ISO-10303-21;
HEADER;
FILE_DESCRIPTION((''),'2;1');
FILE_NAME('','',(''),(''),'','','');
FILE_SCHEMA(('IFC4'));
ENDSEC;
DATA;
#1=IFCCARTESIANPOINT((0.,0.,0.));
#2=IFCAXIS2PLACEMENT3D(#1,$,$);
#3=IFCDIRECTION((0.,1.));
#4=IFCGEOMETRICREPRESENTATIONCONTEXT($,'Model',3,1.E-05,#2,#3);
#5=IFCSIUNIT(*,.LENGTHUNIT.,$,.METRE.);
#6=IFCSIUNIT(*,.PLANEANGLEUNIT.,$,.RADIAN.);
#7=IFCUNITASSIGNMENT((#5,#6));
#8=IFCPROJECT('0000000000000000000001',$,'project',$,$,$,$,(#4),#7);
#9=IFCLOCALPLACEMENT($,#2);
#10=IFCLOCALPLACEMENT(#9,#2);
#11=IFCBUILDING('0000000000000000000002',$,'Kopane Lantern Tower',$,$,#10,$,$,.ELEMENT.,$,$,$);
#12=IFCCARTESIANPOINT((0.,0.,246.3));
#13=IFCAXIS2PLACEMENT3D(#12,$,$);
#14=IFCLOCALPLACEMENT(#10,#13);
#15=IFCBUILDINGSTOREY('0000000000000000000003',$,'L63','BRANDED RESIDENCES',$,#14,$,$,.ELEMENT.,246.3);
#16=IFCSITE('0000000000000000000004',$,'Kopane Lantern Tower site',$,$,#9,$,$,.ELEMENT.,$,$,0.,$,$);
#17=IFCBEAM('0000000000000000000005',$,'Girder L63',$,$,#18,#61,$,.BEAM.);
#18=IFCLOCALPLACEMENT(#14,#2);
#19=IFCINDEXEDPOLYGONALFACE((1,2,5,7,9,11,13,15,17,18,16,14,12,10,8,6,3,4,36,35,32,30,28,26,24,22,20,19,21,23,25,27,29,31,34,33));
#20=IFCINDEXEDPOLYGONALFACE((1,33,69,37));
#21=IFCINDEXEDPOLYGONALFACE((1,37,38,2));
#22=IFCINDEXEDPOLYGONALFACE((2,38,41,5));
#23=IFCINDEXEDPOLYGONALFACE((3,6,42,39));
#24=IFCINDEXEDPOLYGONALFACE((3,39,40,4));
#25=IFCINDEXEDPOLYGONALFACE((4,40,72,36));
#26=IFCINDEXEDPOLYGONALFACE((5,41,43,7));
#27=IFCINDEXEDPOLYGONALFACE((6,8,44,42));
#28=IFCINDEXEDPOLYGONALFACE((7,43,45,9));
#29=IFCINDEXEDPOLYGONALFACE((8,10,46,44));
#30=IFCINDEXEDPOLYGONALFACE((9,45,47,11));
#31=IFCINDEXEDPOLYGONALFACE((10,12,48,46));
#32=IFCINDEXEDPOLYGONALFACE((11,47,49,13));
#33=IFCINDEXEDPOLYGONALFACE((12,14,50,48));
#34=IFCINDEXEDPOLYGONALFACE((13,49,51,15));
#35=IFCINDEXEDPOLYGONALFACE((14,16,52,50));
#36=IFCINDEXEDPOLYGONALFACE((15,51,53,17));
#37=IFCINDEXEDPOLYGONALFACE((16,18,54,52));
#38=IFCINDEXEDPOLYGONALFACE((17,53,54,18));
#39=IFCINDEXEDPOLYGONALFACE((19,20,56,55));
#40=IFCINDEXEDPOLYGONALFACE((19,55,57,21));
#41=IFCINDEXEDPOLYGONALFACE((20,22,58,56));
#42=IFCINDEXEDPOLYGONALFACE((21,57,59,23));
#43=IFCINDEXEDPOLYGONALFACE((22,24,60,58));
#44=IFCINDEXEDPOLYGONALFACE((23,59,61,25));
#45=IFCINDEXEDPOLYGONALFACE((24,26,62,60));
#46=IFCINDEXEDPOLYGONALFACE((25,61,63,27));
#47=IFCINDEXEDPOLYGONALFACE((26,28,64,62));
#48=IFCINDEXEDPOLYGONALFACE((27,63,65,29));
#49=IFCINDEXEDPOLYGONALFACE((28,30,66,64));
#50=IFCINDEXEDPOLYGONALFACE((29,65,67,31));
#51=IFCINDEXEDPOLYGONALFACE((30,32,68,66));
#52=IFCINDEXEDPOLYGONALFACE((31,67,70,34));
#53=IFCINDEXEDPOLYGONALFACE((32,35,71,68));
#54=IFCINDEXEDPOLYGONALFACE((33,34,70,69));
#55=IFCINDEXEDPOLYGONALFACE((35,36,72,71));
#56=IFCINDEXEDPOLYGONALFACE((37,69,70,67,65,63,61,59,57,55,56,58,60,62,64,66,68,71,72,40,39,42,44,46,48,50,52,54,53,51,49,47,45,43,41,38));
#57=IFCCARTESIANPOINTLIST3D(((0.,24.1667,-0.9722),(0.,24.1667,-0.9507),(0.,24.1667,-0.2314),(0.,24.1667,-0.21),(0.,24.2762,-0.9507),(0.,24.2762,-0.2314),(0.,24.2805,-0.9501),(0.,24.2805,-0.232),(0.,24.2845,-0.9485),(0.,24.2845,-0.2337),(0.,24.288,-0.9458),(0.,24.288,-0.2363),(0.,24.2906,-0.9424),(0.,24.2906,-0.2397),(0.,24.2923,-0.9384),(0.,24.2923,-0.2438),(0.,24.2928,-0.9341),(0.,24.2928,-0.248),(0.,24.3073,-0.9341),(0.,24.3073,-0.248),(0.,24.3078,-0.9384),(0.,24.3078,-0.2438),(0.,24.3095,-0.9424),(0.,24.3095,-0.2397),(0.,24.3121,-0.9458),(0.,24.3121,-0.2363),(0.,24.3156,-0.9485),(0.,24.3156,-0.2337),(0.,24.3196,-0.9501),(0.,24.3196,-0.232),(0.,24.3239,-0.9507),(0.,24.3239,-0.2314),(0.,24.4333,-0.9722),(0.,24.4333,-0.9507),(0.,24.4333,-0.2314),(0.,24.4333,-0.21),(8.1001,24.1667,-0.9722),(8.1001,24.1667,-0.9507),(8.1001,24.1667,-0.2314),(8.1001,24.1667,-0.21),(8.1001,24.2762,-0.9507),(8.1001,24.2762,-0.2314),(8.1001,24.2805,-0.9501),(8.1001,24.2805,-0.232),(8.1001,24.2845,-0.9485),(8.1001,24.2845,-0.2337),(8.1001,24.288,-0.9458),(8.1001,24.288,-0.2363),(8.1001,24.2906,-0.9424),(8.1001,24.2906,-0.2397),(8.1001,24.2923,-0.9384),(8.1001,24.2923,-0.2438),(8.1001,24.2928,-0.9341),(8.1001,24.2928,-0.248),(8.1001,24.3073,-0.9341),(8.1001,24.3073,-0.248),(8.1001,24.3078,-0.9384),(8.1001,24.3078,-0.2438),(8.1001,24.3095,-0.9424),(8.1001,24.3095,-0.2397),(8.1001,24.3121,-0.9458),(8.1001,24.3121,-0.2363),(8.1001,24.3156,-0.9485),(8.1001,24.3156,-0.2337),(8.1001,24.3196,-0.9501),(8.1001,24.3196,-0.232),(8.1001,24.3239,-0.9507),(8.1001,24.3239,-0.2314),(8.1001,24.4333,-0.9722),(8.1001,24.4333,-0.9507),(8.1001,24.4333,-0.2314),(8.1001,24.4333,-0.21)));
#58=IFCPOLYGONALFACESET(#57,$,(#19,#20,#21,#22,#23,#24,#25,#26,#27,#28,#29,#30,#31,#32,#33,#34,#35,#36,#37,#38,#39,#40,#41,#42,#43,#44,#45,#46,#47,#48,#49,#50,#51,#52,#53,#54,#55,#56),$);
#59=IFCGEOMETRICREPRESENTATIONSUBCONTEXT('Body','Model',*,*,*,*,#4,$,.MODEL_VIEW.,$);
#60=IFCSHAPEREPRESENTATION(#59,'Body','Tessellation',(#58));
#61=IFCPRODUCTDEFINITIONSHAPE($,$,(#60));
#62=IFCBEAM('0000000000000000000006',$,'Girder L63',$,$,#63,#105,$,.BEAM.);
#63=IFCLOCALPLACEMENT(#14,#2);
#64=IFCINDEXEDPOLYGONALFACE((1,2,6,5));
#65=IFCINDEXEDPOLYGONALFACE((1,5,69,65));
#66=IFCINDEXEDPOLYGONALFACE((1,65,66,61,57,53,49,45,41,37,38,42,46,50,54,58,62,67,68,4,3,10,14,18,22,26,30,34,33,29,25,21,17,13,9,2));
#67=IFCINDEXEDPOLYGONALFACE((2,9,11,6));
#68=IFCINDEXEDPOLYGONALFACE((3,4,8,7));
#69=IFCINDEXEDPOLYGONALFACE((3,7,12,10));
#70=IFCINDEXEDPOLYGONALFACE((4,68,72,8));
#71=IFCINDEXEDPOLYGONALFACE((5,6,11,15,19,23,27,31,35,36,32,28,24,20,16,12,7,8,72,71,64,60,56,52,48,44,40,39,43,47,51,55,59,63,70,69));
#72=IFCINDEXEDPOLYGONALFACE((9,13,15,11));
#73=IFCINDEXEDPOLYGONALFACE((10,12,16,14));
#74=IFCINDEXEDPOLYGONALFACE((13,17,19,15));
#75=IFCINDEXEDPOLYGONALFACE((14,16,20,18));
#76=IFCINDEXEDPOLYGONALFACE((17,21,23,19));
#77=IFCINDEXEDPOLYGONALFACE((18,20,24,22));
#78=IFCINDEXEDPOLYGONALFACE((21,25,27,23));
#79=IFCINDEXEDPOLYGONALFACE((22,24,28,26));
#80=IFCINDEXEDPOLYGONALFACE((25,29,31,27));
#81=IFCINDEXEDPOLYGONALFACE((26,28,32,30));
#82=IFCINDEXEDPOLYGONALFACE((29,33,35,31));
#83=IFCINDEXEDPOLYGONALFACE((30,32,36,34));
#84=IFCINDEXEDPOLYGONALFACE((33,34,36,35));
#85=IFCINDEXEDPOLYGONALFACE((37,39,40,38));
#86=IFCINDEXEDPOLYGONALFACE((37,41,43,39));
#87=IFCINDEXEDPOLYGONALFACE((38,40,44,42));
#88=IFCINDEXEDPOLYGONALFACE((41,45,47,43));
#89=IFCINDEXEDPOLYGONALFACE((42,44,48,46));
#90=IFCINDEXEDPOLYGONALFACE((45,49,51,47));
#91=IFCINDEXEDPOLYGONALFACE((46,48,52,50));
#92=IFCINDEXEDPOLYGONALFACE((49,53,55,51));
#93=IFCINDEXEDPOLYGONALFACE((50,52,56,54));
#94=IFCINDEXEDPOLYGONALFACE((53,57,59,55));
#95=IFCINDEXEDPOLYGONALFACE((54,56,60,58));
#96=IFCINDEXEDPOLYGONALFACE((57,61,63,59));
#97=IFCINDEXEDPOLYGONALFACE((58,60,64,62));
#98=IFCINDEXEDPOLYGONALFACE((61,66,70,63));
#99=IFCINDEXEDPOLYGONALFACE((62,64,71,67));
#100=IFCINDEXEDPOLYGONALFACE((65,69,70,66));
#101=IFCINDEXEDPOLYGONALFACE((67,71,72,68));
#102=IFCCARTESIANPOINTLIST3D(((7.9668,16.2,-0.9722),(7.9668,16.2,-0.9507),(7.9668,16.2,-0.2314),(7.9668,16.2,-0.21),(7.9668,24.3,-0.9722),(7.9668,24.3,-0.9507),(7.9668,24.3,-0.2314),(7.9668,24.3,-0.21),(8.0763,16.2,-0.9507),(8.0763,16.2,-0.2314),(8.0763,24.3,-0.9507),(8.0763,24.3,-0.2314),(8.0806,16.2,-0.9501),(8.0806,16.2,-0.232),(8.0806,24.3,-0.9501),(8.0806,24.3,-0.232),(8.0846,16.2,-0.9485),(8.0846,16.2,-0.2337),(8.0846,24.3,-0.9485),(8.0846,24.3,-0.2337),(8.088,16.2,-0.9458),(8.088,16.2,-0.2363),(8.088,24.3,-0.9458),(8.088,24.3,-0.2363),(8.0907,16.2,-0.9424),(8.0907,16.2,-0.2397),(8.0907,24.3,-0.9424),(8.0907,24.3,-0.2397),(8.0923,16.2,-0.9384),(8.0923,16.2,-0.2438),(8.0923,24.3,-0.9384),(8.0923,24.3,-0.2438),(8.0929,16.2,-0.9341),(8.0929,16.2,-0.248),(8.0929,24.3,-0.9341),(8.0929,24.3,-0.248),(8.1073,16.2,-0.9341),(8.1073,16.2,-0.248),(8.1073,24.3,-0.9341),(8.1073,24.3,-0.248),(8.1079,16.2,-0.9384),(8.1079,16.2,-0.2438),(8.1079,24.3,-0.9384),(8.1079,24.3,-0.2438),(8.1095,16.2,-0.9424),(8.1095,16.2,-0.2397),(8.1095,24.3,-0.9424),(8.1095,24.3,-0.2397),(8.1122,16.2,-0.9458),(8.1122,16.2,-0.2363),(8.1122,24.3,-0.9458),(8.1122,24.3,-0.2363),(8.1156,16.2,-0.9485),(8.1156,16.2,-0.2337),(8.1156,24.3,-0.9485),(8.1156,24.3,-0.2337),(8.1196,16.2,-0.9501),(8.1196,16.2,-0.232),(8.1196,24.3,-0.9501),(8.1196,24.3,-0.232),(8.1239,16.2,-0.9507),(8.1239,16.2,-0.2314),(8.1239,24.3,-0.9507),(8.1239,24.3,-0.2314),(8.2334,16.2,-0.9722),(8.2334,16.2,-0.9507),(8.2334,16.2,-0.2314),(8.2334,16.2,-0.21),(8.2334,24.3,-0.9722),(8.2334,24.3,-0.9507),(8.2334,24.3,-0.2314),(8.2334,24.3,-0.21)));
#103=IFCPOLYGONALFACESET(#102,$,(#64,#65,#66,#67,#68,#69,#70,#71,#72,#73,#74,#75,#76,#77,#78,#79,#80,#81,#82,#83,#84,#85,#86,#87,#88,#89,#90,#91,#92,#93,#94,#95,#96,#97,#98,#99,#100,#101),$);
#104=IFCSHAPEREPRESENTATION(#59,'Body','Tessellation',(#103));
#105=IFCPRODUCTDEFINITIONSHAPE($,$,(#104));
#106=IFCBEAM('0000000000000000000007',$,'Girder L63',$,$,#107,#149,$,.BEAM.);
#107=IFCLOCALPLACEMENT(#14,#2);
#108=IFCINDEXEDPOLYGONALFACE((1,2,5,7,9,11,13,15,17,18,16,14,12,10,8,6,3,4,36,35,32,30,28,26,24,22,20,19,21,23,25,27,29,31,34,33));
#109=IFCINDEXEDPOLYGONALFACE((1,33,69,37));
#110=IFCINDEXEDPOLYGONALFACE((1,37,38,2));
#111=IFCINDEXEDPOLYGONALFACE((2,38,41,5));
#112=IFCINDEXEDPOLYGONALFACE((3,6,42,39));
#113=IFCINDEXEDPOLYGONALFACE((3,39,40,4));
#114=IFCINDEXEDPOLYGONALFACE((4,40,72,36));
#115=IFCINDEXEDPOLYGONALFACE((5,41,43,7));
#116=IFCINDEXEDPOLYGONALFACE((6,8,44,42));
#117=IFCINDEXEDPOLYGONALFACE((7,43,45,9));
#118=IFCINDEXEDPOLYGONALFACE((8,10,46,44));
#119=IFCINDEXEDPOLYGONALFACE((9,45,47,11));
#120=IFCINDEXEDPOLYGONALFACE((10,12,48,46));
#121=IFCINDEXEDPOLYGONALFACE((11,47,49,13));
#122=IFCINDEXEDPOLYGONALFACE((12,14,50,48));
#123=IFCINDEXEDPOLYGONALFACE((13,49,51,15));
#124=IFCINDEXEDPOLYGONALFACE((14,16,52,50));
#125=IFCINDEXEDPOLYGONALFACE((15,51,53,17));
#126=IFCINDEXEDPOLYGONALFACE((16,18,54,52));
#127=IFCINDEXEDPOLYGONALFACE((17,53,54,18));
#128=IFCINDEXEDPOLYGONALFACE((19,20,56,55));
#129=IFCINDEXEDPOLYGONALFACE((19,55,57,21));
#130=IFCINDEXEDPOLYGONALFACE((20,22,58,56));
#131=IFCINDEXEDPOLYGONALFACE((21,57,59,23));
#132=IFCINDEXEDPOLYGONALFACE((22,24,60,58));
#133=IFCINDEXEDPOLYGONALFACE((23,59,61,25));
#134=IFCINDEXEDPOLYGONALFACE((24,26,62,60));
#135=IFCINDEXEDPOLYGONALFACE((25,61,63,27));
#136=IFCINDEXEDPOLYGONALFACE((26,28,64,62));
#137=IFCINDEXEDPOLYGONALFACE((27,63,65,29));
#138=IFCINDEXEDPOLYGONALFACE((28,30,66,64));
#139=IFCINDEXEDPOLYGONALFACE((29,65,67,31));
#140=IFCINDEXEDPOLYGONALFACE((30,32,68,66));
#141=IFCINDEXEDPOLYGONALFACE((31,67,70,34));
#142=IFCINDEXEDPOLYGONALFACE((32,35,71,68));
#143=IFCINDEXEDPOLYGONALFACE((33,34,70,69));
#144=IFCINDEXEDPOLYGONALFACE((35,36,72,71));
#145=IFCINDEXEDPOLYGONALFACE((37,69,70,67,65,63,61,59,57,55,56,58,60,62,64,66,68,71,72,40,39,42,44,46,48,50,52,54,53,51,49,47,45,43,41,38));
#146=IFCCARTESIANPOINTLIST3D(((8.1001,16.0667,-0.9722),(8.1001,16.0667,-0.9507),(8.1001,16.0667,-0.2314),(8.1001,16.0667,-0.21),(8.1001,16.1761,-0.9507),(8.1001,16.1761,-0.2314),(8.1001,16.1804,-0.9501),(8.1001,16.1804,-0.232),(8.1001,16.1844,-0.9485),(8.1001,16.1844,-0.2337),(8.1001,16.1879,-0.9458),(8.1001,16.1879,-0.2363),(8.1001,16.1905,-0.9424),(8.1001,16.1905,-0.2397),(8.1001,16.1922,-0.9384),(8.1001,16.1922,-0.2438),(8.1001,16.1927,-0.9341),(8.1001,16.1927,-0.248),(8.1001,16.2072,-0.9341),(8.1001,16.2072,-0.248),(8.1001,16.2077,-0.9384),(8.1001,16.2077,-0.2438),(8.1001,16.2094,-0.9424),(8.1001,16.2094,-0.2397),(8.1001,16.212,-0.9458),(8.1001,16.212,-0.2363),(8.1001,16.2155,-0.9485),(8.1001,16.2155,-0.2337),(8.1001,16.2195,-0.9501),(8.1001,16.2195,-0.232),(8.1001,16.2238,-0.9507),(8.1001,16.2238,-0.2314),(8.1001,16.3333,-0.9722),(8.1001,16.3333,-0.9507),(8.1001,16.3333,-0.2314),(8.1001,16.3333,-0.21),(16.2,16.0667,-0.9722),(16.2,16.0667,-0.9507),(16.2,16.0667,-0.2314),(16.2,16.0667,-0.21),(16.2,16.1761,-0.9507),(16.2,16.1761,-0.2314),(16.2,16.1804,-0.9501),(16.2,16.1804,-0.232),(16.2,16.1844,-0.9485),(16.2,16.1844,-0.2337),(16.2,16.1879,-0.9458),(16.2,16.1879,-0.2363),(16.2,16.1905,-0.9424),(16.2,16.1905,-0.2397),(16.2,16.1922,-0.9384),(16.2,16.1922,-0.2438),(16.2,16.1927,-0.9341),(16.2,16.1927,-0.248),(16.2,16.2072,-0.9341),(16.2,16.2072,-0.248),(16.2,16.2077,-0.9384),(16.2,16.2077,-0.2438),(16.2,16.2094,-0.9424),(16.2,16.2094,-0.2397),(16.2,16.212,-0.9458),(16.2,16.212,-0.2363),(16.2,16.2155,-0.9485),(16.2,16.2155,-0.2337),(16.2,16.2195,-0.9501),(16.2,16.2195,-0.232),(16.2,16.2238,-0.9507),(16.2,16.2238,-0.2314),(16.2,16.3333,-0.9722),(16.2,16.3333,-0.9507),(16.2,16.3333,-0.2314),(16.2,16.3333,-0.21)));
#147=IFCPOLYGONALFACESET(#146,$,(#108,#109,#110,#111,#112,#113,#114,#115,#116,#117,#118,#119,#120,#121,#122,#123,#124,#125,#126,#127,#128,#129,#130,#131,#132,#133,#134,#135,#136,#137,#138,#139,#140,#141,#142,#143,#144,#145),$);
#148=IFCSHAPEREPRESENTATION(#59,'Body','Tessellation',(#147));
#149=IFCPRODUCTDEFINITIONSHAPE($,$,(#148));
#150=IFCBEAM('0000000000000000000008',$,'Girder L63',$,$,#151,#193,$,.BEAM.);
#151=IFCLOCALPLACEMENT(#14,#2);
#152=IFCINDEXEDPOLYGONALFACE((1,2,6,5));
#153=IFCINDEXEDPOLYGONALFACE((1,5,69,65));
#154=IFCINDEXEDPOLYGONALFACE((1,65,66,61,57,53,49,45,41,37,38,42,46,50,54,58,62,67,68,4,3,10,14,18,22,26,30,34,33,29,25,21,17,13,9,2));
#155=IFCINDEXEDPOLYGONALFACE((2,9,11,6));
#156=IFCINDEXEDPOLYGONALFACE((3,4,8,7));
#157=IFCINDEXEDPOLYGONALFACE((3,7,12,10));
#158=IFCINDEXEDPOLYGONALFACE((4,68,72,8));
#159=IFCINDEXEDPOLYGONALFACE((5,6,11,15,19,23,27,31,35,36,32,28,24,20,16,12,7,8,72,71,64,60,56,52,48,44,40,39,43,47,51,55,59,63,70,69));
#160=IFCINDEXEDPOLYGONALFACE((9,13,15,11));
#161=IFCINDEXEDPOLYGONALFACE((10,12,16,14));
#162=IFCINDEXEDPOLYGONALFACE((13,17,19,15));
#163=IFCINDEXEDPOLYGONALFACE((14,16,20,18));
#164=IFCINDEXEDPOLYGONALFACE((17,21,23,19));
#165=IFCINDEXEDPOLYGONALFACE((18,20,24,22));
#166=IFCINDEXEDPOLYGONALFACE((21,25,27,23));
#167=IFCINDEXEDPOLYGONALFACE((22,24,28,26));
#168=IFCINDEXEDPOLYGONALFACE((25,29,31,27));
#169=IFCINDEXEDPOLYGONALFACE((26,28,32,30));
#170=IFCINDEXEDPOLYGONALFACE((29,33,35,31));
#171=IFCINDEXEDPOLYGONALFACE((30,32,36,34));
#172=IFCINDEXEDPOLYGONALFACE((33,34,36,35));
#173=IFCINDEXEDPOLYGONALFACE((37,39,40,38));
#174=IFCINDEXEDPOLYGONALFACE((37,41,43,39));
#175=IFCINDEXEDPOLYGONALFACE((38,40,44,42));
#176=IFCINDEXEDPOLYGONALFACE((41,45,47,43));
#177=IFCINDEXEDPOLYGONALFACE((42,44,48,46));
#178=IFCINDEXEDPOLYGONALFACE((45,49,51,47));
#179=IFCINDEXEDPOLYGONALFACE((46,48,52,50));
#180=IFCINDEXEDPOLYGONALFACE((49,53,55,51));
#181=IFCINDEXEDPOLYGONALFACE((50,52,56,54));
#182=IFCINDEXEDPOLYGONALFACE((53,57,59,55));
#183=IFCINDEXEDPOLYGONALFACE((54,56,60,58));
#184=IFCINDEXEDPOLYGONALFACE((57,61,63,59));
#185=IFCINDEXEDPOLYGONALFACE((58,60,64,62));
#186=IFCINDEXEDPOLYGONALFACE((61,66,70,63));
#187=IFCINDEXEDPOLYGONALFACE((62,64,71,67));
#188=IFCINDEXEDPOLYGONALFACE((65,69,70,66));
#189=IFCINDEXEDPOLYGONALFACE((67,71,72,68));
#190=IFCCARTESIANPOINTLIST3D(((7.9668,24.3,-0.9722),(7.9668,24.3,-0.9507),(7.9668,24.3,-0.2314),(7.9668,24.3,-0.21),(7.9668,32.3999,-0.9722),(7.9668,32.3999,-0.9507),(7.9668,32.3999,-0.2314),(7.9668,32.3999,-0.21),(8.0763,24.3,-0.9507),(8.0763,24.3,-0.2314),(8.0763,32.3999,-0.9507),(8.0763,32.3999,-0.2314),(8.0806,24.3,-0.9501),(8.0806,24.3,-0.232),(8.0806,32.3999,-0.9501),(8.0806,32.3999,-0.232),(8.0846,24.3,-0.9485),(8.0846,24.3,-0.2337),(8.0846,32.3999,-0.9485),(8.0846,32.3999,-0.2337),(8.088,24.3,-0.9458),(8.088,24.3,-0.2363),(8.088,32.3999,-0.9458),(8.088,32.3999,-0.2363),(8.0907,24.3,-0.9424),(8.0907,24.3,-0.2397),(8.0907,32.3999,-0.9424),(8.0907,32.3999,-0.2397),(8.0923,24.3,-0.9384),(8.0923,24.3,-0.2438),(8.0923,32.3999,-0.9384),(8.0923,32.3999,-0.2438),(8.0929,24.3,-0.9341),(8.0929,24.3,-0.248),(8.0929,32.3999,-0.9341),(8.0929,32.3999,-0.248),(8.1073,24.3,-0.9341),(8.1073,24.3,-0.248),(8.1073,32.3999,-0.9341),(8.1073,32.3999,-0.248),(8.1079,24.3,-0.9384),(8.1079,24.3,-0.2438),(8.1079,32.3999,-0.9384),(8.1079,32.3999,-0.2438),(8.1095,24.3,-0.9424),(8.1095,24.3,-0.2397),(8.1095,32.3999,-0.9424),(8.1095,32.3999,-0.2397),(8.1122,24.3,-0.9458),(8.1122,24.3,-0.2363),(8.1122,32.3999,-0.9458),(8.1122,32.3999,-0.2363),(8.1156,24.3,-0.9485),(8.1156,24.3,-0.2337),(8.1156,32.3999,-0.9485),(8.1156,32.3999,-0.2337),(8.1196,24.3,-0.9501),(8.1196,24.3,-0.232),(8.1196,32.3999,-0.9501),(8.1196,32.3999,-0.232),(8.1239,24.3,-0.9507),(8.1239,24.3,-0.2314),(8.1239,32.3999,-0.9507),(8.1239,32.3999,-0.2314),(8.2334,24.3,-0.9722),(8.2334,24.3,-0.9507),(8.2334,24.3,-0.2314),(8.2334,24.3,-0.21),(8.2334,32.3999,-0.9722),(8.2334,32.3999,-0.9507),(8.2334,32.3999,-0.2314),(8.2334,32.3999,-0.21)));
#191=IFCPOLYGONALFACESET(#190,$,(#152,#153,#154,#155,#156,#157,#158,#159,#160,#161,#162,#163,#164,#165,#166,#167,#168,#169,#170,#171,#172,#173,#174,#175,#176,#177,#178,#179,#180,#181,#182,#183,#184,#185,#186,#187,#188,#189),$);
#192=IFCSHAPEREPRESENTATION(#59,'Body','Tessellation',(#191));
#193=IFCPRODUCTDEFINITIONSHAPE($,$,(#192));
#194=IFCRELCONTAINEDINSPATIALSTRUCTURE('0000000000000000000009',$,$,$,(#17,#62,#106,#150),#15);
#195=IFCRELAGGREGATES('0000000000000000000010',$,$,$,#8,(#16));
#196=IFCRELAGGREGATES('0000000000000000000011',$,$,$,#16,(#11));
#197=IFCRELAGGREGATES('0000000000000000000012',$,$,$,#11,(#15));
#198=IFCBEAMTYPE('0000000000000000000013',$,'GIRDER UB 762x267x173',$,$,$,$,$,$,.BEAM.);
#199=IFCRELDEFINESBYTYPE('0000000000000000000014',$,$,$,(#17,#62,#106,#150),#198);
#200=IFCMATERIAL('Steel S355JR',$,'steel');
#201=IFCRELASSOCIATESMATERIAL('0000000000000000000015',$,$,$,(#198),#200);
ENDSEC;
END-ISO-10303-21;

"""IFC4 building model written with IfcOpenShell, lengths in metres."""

from ifc_helpers import new_model, si_unit, direction, frame, origin, origin_2d, place, context, subcontext, project, spatial, i_section, extrude, material, material_profile, profile_set, type_object, element, save


model = new_model("IFC4")

# Units and contexts
model_context = context("Model", 3, precision=1e-05, world=origin(), true_north=direction((0.0, 1.0)))
body_context = subcontext(model_context, "Body", "Model", "MODEL_VIEW")
ifc_project = project(units=[si_unit("LENGTHUNIT", "METRE"), si_unit("PLANEANGLEUNIT", "RADIAN")], contexts=[model_context])

# Site, building, storey
site_placement = place(None, origin())
site = spatial("IfcSite", under=ifc_project, at=site_placement, Name="Kopane Lantern Tower site", CompositionType="ELEMENT", RefElevation=0.0)
building_placement = place(site_placement, origin())
building = spatial("IfcBuilding", under=site, at=building_placement, Name="Kopane Lantern Tower", CompositionType="ELEMENT")
storey_placement = place(building_placement, frame((0.0, 0.0, 246.3)))
storey = spatial("IfcBuildingStorey", under=building, at=storey_placement, Name="L63", Description="BRANDED RESIDENCES", CompositionType="ELEMENT", Elevation=246.3)

# Beams
ifc_material_1 = material(Name="Steel S355JR", Category="steel")
ifc_material_profile_1 = material_profile(ifc_material_1, i_section(OverallWidth=0.2666, OverallDepth=0.7622, WebThickness=0.0144, FlangeThickness=0.0215, FilletRadius=0.0166, at=origin_2d()), Name="UB 762x267x173")
ifc_profile_set_1 = profile_set([ifc_material_profile_1], Name="Steel S355JR")
beam_type_1 = type_object("IfcBeamType", Name="GIRDER UB 762x267x173", PredefinedType="BEAM", material=ifc_profile_set_1)
for number, where, z_axis, x_axis, name in (
    (1, (0.0, 24.3, -0.5911), (1.0, 0.0, 0.0), (0.0, 1.0, 0.0), "Girder L63"),
    (2, (8.1001, 16.2, -0.5911), (0.0, 1.0, 0.0), (-1.0, 0.0, 0.0), "Girder L63"),
):
    element("IfcBeam", number, at=place(storey_placement, frame(where, z_axis=z_axis, x_axis=x_axis)), inside=storey, type_object=beam_type_1, Name=name, PredefinedType="BEAM", context=body_context, shape_type="SweptSolid", body=[
        extrude(i_section(OverallWidth=0.2666, OverallDepth=0.7622, WebThickness=0.0144, FlangeThickness=0.0215, FilletRadius=0.0166, at=origin_2d()), origin(), (0.0, 0.0, 1.0), 8.1001),
    ])
for number, where, z_axis, x_axis, name in (
    (3, (8.1001, 16.2, -0.5911), (1.0, 0.0, 0.0), (0.0, 1.0, 0.0), "Girder L63"),
    (4, (8.1001, 24.3, -0.5911), (0.0, 1.0, 0.0), (-1.0, 0.0, 0.0), "Girder L63"),
):
    element("IfcBeam", number, at=place(storey_placement, frame(where, z_axis=z_axis, x_axis=x_axis)), inside=storey, type_object=beam_type_1, Name=name, PredefinedType="BEAM", context=body_context, shape_type="SweptSolid", body=[
        extrude(i_section(OverallWidth=0.2666, OverallDepth=0.7622, WebThickness=0.0144, FlangeThickness=0.0215, FilletRadius=0.0166, at=origin_2d()), origin(), (0.0, 0.0, 1.0), 8.0999),
    ])

save(model, "model.ifc")
